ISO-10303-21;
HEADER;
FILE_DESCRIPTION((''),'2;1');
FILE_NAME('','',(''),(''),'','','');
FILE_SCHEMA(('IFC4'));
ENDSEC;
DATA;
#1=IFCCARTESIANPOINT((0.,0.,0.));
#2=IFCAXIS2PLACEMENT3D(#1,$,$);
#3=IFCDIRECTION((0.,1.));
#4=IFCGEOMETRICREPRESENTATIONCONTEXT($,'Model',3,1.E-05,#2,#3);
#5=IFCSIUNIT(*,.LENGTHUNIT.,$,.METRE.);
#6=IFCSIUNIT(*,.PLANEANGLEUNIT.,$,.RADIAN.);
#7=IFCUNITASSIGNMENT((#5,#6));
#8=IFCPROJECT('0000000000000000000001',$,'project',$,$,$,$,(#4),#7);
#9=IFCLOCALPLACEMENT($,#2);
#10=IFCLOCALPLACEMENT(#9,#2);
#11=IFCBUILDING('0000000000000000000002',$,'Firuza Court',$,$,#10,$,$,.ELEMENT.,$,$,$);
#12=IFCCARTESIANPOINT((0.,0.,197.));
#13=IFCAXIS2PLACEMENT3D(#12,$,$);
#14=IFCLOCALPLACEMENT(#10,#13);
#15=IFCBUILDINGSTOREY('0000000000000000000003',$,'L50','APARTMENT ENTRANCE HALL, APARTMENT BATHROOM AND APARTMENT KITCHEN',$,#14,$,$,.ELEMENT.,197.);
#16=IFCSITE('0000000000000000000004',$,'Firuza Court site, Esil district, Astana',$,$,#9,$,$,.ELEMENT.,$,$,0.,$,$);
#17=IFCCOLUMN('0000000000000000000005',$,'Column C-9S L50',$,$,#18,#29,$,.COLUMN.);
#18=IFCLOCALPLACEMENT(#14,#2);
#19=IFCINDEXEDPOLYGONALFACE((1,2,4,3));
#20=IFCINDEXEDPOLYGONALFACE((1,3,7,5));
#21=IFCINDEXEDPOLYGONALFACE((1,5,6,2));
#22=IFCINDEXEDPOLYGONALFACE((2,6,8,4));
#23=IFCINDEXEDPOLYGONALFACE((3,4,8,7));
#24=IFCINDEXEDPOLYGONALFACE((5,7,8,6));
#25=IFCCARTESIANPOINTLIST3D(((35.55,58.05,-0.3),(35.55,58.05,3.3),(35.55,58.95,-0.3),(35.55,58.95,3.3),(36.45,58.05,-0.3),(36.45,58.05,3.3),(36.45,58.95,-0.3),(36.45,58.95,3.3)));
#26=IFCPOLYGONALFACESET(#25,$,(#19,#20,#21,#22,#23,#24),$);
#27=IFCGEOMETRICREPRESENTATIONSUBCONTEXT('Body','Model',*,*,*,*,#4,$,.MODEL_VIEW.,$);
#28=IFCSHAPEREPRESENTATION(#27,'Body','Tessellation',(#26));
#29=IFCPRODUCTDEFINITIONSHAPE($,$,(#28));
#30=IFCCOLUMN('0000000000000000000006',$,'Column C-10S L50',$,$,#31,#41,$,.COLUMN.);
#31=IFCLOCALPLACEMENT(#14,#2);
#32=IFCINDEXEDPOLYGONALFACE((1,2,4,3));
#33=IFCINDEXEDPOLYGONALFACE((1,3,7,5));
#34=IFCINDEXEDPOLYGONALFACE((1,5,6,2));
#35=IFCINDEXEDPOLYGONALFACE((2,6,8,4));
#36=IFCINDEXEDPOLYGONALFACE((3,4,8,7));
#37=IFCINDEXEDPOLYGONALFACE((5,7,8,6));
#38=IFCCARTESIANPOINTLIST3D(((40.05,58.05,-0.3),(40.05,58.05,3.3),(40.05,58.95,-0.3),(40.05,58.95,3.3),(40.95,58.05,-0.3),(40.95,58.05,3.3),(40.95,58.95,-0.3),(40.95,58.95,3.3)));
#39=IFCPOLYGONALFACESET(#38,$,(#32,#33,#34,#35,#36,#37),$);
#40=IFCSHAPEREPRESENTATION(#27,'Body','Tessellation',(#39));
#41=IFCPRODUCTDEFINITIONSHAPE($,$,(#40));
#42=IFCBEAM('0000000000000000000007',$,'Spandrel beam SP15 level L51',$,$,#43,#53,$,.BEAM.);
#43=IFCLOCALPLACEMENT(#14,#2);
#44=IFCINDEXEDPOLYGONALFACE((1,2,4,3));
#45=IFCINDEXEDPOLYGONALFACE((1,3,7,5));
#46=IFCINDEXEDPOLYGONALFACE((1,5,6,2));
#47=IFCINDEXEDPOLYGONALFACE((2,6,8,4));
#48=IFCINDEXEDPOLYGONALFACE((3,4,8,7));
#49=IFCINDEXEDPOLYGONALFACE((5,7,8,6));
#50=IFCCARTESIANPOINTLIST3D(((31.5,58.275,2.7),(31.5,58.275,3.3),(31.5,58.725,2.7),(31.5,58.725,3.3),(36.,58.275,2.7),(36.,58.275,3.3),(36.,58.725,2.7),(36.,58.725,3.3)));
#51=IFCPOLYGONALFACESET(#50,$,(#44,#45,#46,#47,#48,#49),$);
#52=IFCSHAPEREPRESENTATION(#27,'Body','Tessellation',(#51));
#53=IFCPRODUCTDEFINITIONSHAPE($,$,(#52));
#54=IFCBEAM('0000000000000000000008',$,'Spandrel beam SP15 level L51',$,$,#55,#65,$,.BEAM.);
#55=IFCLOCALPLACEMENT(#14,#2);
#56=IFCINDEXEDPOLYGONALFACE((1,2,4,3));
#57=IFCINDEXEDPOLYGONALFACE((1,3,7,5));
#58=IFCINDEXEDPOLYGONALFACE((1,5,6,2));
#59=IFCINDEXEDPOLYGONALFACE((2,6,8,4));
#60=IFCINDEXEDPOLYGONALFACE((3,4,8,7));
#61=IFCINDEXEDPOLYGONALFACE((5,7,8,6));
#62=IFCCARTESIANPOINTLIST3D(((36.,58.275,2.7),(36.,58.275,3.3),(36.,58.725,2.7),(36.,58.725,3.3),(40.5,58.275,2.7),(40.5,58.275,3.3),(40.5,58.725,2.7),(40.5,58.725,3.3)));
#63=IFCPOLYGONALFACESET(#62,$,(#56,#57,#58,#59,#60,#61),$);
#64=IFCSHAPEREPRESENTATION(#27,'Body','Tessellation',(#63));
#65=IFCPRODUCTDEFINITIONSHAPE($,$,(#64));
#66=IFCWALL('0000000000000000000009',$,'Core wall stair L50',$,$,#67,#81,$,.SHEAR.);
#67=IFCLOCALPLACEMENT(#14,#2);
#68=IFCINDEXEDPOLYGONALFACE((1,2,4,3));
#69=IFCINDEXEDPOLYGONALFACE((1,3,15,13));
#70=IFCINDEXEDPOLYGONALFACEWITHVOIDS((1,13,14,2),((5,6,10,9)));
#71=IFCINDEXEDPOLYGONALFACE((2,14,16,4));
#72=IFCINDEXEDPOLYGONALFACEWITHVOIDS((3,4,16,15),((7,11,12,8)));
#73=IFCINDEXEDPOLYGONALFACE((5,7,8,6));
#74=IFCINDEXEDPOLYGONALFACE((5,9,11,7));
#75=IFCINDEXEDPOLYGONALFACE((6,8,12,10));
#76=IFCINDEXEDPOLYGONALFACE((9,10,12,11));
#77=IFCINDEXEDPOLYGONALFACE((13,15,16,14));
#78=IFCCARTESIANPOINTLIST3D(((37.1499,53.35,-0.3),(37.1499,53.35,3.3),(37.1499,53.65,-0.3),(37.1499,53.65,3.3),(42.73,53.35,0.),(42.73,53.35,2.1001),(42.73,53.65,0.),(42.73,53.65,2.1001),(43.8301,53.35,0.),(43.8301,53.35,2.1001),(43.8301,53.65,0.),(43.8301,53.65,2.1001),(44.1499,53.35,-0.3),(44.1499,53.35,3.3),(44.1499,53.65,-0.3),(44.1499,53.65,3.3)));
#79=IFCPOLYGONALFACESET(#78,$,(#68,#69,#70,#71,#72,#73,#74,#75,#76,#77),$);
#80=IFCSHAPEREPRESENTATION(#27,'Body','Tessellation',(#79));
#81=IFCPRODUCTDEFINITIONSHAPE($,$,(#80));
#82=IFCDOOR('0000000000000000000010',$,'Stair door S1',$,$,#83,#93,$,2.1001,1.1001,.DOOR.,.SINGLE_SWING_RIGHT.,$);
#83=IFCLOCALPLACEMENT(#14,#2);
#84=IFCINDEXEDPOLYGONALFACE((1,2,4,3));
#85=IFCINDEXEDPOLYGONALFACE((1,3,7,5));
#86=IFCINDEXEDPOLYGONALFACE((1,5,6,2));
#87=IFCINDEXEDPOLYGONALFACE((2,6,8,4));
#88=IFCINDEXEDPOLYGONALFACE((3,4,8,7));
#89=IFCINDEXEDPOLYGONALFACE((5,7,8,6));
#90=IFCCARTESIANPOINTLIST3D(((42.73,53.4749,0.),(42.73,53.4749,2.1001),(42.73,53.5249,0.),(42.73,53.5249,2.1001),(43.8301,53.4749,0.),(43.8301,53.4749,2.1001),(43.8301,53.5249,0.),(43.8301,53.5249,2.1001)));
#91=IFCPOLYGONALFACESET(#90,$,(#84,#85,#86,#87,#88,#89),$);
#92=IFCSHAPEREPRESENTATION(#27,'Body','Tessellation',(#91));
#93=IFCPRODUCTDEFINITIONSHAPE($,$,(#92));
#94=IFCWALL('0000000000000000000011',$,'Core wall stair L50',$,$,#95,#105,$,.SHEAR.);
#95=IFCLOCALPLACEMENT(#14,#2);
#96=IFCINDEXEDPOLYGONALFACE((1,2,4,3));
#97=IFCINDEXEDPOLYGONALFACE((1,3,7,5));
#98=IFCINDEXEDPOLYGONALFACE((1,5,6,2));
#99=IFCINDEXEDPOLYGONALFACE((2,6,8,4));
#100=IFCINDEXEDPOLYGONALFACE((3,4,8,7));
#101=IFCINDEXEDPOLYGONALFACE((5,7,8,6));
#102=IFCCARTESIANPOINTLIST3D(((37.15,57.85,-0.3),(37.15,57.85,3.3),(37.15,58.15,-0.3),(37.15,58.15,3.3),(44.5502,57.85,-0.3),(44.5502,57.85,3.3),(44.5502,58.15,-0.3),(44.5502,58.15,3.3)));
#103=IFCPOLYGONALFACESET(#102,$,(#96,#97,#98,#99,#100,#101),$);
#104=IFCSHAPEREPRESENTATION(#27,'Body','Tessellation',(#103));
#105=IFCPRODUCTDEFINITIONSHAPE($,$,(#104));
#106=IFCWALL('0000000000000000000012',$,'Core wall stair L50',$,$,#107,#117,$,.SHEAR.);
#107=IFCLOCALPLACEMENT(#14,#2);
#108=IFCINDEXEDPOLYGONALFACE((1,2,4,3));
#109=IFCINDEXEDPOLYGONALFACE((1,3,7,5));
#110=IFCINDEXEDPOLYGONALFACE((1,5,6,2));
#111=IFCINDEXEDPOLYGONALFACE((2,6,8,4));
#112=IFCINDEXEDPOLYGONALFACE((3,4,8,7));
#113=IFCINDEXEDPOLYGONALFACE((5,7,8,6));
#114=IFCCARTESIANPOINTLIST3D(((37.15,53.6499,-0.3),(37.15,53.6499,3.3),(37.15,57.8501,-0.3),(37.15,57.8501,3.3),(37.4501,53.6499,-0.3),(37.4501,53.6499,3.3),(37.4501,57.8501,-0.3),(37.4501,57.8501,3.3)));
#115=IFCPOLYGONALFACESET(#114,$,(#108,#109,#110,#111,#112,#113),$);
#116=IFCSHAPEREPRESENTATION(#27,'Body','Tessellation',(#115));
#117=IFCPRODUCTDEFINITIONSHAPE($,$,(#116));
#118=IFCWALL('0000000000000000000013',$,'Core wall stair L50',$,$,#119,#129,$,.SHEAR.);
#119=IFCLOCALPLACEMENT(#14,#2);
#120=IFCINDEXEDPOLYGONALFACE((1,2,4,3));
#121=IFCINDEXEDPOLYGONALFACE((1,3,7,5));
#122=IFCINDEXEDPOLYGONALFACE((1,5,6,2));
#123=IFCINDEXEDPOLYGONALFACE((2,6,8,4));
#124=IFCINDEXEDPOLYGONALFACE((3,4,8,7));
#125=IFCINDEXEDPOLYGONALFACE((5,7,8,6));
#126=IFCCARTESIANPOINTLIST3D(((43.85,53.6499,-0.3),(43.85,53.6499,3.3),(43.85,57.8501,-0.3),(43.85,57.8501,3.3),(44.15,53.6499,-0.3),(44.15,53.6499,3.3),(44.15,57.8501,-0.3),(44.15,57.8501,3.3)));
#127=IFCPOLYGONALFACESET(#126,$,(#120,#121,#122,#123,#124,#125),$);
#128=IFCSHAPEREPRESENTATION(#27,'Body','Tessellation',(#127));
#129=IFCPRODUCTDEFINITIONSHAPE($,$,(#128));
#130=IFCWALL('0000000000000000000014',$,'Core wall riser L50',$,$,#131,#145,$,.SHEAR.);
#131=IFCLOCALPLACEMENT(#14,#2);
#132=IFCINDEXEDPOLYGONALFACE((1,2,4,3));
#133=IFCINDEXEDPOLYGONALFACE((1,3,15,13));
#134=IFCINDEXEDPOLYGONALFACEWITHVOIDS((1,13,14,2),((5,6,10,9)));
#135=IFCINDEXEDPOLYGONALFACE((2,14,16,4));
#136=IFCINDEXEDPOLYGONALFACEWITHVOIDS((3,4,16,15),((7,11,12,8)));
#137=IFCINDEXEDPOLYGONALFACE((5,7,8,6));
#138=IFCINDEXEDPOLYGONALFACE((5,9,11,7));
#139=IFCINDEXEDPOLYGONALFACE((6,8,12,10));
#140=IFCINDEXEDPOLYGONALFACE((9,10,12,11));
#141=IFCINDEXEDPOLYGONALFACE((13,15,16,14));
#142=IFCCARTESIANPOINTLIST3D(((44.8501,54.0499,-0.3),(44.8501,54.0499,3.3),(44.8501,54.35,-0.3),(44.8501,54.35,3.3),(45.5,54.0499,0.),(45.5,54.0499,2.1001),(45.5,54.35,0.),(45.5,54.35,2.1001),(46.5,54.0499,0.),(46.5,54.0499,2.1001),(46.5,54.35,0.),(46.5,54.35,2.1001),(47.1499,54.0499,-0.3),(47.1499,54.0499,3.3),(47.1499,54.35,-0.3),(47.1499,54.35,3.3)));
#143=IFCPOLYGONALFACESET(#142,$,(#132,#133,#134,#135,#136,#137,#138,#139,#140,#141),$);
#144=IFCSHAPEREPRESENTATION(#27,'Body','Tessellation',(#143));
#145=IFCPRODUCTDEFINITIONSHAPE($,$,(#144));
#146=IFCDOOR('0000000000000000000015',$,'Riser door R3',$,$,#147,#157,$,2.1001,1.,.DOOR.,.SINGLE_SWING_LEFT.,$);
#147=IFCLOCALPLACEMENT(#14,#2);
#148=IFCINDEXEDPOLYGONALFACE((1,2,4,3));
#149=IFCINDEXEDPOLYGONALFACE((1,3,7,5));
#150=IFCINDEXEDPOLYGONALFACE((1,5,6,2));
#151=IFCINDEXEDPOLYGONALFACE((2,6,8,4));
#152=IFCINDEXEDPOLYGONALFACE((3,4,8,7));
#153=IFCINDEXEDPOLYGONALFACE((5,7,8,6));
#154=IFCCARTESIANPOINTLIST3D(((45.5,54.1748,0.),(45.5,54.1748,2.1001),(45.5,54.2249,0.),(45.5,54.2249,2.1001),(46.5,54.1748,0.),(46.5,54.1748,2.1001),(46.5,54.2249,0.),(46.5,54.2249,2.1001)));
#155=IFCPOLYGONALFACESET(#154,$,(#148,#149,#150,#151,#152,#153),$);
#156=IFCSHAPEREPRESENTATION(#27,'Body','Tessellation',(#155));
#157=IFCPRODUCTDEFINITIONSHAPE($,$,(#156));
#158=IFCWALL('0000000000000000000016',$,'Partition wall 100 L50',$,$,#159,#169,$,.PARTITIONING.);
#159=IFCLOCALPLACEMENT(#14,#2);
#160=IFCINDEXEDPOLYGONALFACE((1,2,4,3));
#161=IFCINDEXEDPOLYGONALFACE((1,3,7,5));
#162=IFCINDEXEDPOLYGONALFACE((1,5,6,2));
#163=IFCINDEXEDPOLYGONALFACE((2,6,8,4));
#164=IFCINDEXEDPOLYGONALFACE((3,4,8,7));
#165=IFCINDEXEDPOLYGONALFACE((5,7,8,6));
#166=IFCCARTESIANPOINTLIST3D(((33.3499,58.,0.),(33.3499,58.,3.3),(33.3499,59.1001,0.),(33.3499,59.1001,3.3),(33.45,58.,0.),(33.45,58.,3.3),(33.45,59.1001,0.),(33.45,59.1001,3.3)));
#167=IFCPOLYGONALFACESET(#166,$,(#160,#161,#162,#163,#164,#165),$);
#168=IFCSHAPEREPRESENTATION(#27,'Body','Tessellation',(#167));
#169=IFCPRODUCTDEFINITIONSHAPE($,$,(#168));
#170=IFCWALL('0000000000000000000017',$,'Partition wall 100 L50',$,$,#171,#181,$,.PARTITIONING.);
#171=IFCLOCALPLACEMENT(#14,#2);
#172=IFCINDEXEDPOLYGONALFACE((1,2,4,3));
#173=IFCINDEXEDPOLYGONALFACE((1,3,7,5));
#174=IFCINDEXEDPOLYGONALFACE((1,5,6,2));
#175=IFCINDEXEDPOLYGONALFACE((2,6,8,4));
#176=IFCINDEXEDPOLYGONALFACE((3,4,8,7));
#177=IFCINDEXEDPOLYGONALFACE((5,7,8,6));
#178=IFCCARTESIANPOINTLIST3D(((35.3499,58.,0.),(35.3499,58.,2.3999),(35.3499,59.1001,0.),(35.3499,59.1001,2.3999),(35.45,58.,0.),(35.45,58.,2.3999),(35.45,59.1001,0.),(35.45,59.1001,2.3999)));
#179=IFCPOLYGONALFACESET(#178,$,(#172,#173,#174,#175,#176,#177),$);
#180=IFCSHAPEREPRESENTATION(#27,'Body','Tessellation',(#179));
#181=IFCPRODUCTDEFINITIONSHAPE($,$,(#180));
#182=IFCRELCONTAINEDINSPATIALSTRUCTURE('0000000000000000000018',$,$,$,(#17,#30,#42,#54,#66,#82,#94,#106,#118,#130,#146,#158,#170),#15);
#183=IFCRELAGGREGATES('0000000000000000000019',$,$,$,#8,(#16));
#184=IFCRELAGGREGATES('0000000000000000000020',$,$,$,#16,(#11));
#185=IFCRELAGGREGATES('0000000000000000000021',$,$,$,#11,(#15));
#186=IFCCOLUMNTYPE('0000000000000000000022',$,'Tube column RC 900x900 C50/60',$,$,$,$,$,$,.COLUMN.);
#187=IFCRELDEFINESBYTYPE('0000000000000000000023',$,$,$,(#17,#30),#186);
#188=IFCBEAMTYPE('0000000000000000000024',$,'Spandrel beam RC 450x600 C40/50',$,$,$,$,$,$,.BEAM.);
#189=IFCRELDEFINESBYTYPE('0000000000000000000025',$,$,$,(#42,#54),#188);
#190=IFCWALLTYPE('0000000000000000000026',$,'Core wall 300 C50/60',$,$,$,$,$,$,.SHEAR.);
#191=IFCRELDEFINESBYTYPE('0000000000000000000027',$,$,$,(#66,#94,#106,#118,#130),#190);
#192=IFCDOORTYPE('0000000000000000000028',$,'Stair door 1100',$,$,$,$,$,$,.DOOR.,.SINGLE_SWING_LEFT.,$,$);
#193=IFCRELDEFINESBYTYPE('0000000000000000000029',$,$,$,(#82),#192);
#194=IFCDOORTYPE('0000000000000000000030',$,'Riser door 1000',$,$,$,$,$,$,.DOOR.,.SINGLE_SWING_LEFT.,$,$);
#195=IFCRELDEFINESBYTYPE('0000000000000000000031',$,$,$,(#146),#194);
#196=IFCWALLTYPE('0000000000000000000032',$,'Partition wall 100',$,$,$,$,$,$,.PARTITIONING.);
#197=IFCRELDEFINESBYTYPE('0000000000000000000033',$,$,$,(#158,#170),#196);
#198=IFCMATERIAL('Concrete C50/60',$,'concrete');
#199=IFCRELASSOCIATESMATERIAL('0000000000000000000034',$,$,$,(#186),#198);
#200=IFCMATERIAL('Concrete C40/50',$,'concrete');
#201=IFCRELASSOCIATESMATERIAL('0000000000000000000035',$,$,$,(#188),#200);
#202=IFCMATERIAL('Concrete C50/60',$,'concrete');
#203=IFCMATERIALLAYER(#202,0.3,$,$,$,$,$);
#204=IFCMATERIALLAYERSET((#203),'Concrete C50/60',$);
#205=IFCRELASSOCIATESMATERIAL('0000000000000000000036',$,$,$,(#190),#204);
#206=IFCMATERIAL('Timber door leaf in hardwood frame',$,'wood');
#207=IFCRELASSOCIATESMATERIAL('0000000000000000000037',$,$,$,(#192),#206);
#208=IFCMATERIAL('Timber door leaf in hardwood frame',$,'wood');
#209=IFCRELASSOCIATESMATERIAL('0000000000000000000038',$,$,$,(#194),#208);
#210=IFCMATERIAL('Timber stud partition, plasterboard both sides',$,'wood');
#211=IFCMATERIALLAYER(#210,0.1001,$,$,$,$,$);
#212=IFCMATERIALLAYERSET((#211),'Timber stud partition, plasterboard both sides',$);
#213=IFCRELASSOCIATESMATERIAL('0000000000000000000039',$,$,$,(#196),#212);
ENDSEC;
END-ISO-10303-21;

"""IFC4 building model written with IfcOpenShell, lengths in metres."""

from ifc_helpers import new_model, si_unit, direction, frame, frame_2d, origin, origin_2d, place, context, subcontext, project, spatial, rectangle, extrude, material, layer, layer_set, material_profile, profile_set, type_object, element, fill, save


model = new_model("IFC4")

# Units and contexts
model_context = context("Model", 3, precision=1e-05, world=origin(), true_north=direction((0.0, 1.0)))
body_context = subcontext(model_context, "Body", "Model", "MODEL_VIEW")
ifc_project = project(units=[si_unit("LENGTHUNIT", "METRE"), si_unit("PLANEANGLEUNIT", "RADIAN")], contexts=[model_context])

# Site, building, storey
site_placement = place(None, origin())
site = spatial("IfcSite", under=ifc_project, at=site_placement, Name="Firuza Court site, Esil district, Astana", CompositionType="ELEMENT", RefElevation=0.0)
building_placement = place(site_placement, origin())
building = spatial("IfcBuilding", under=site, at=building_placement, Name="Firuza Court", CompositionType="ELEMENT")
storey_placement = place(building_placement, frame((0.0, 0.0, 197.0)))
storey = spatial("IfcBuildingStorey", under=building, at=storey_placement, Name="L50", Description="APARTMENT ENTRANCE HALL, APARTMENT BATHROOM AND APARTMENT KITCHEN", CompositionType="ELEMENT", Elevation=197.0)

# Columns
ifc_material_1 = material(Name="Concrete C50/60", Category="concrete")
ifc_material_profile_1 = material_profile(ifc_material_1, rectangle(XDim=0.8999, YDim=0.8999, at=origin_2d()), Name="RC 900x900")
ifc_profile_set_1 = profile_set([ifc_material_profile_1], Name="Concrete C50/60")
column_type = type_object("IfcColumnType", Name="Tube column RC 900x900 C50/60", PredefinedType="COLUMN", material=ifc_profile_set_1)
for number, where, z_axis, x_axis, name in (
    (1, (36.0, 58.5, -0.3), (0.0, 0.0, 1.0), (1.0, 0.0, 0.0), "Column C-9S L50"),
    (2, (40.5, 58.5, -0.3), (0.0, 0.0, 1.0), (1.0, 0.0, 0.0), "Column C-10S L50"),
):
    element("IfcColumn", number, at=place(storey_placement, frame(where, z_axis=z_axis, x_axis=x_axis)), inside=storey, type_object=column_type, Name=name, PredefinedType="COLUMN", context=body_context, shape_type="SweptSolid", body=[
        extrude(rectangle(XDim=0.8999, YDim=0.8999, at=origin_2d()), origin(), (0.0, 0.0, 1.0), 3.6001),
    ])

# Beams
ifc_material_2 = material(Name="Concrete C40/50", Category="concrete")
ifc_material_profile_2 = material_profile(ifc_material_2, rectangle(XDim=0.45, YDim=0.6001, at=origin_2d()), Name="RC 450x600")
ifc_profile_set_2 = profile_set([ifc_material_profile_2], Name="Concrete C40/50")
beam_type = type_object("IfcBeamType", Name="Spandrel beam RC 450x600 C40/50", PredefinedType="BEAM", material=ifc_profile_set_2)
for number, where, z_axis, x_axis, name in (
    (3, (36.0, 58.5, 3.0), (-1.0, 0.0, 0.0), (0.0, -1.0, 0.0), "Spandrel beam SP15 level L51"),
    (4, (40.5, 58.5, 3.0), (-1.0, 0.0, 0.0), (0.0, -1.0, 0.0), "Spandrel beam SP15 level L51"),
):
    element("IfcBeam", number, at=place(storey_placement, frame(where, z_axis=z_axis, x_axis=x_axis)), inside=storey, type_object=beam_type, Name=name, PredefinedType="BEAM", context=body_context, shape_type="SweptSolid", body=[
        extrude(rectangle(XDim=0.45, YDim=0.6001, at=origin_2d()), origin(), (0.0, 0.0, 1.0), 4.5),
    ])

# Wall, opening, door
ifc_material_3 = material(Name="Concrete C50/60", Category="concrete")
ifc_layer_1 = layer(ifc_material_3, 0.3)
ifc_layer_set_1 = layer_set([ifc_layer_1], Name="Concrete C50/60")
wall_type_1 = type_object("IfcWallType", Name="Core wall 300 C50/60", PredefinedType="SHEAR", material=ifc_layer_set_1)
wall_1_placement = place(storey_placement, frame((37.1499, 53.5, -0.3), z_axis=(0.0, 0.0, 1.0), x_axis=(1.0, 0.0, 0.0)))
wall_1 = element("IfcWall", 5, at=wall_1_placement, inside=storey, type_object=wall_type_1, Name="Core wall stair L50", PredefinedType="SHEAR", context=body_context, shape_type="SweptSolid", body=[
    extrude(rectangle(XDim=7.0, YDim=0.3, at=frame_2d((3.5, 0.0))), origin(), (0.0, 0.0, 1.0), 3.6001),
])
opening_1_placement = place(wall_1_placement, frame((5.5801, 0.0, 0.3)))
opening_1 = element("IfcOpeningElement", 6, at=opening_1_placement, cuts=wall_1, PredefinedType="OPENING", context=body_context, shape_type="SweptSolid", body=[
    extrude(rectangle(XDim=1.1001, YDim=2.1001, at=frame_2d((0.55, 1.05))), frame((0.0, 0.1621, 0.0), z_axis=(0.0, -1.0, 0.0), x_axis=(1.0, 0.0, 0.0)), (0.0, 0.0, 1.0), 0.324),
])
ifc_material_4 = material(Name="Timber door leaf in hardwood frame", Category="wood")
door_type_1 = type_object("IfcDoorType", Name="Stair door 1100", OperationType="SINGLE_SWING_LEFT", PredefinedType="DOOR", material=ifc_material_4)
door_1_placement = place(opening_1_placement, origin())
door_1 = element("IfcDoor", 7, at=door_1_placement, inside=storey, type_object=door_type_1, Name="Stair door S1", OperationType="SINGLE_SWING_RIGHT", OverallHeight=2.1001, OverallWidth=1.1001, PredefinedType="DOOR", context=body_context, shape_type="SweptSolid", body=[
    extrude(rectangle(XDim=1.1001, YDim=2.1001, at=frame_2d((0.55, 1.05))), frame((0.0, 0.0249, 0.0), z_axis=(0.0, -1.0, 0.0), x_axis=(1.0, 0.0, 0.0)), (0.0, 0.0, 1.0), 0.05),
])
fill(opening_1, door_1)

# Walls
wall_2_placement = place(storey_placement, frame((37.1499, 58.0, -0.3), z_axis=(0.0, 0.0, 1.0), x_axis=(1.0, 0.0, 0.0)))
element("IfcWall", 8, at=wall_2_placement, inside=storey, type_object=wall_type_1, Name="Core wall stair L50", PredefinedType="SHEAR", context=body_context, shape_type="SweptSolid", body=[
    extrude(rectangle(XDim=7.4001, YDim=0.3, at=frame_2d((3.7002, 0.0))), origin(), (0.0, 0.0, 1.0), 3.6001),
])
for number, where, z_axis, x_axis, name in (
    (9, (37.3, 53.6499, -0.3), (0.0, 0.0, 1.0), (0.0, 1.0, 0.0), "Core wall stair L50"),
    (10, (44.0, 53.6499, -0.3), (0.0, 0.0, 1.0), (0.0, 1.0, 0.0), "Core wall stair L50"),
):
    element("IfcWall", number, at=place(storey_placement, frame(where, z_axis=z_axis, x_axis=x_axis)), inside=storey, type_object=wall_type_1, Name=name, PredefinedType="SHEAR", context=body_context, shape_type="SweptSolid", body=[
        extrude(rectangle(XDim=4.2002, YDim=0.3, at=frame_2d((2.1001, 0.0))), origin(), (0.0, 0.0, 1.0), 3.6001),
    ])

# Wall, opening, door
wall_3_placement = place(storey_placement, frame((44.8501, 54.2, -0.3), z_axis=(0.0, 0.0, 1.0), x_axis=(1.0, 0.0, 0.0)))
wall_3 = element("IfcWall", 11, at=wall_3_placement, inside=storey, type_object=wall_type_1, Name="Core wall riser L50", PredefinedType="SHEAR", context=body_context, shape_type="SweptSolid", body=[
    extrude(rectangle(XDim=2.2998, YDim=0.3, at=frame_2d((1.1499, 0.0))), origin(), (0.0, 0.0, 1.0), 3.6001),
])
opening_2_placement = place(wall_3_placement, frame((0.6499, 0.0, 0.3)))
opening_2 = element("IfcOpeningElement", 12, at=opening_2_placement, cuts=wall_3, PredefinedType="OPENING", context=body_context, shape_type="SweptSolid", body=[
    extrude(rectangle(XDim=1.0, YDim=2.1001, at=frame_2d((0.5, 1.05))), frame((0.0, 0.1621, 0.0), z_axis=(0.0, -1.0, 0.0), x_axis=(1.0, 0.0, 0.0)), (0.0, 0.0, 1.0), 0.324),
])
ifc_material_5 = material(Name="Timber door leaf in hardwood frame", Category="wood")
door_type_2 = type_object("IfcDoorType", Name="Riser door 1000", OperationType="SINGLE_SWING_LEFT", PredefinedType="DOOR", material=ifc_material_5)
door_2_placement = place(opening_2_placement, origin())
door_2 = element("IfcDoor", 13, at=door_2_placement, inside=storey, type_object=door_type_2, Name="Riser door R3", OperationType="SINGLE_SWING_LEFT", OverallHeight=2.1001, OverallWidth=1.0, PredefinedType="DOOR", context=body_context, shape_type="SweptSolid", body=[
    extrude(rectangle(XDim=1.0, YDim=2.1001, at=frame_2d((0.5, 1.05))), frame((0.0, 0.0249, 0.0), z_axis=(0.0, -1.0, 0.0), x_axis=(1.0, 0.0, 0.0)), (0.0, 0.0, 1.0), 0.05),
])
fill(opening_2, door_2)

# Walls
ifc_material_6 = material(Name="Timber stud partition, plasterboard both sides", Category="wood")
ifc_layer_2 = layer(ifc_material_6, 0.1001)
ifc_layer_set_2 = layer_set([ifc_layer_2], Name="Timber stud partition, plasterboard both sides")
wall_type_2 = type_object("IfcWallType", Name="Partition wall 100", PredefinedType="PARTITIONING", material=ifc_layer_set_2)
wall_4_placement = place(storey_placement, frame((33.3999, 58.0, 0.0), z_axis=(0.0, 0.0, 1.0), x_axis=(0.0, 1.0, 0.0)))
element("IfcWall", 14, at=wall_4_placement, inside=storey, type_object=wall_type_2, Name="Partition wall 100 L50", PredefinedType="PARTITIONING", context=body_context, shape_type="SweptSolid", body=[
    extrude(rectangle(XDim=1.1001, YDim=0.1001, at=frame_2d((0.55, 0.0))), origin(), (0.0, 0.0, 1.0), 3.3),
])
wall_5_placement = place(storey_placement, frame((35.3999, 58.0, 0.0), z_axis=(0.0, 0.0, 1.0), x_axis=(0.0, 1.0, 0.0)))
element("IfcWall", 15, at=wall_5_placement, inside=storey, type_object=wall_type_2, Name="Partition wall 100 L50", PredefinedType="PARTITIONING", context=body_context, shape_type="SweptSolid", body=[
    extrude(rectangle(XDim=1.1001, YDim=0.1001, at=frame_2d((0.55, 0.0))), origin(), (0.0, 0.0, 1.0), 2.3999),
])

save(model, "model.ifc")
